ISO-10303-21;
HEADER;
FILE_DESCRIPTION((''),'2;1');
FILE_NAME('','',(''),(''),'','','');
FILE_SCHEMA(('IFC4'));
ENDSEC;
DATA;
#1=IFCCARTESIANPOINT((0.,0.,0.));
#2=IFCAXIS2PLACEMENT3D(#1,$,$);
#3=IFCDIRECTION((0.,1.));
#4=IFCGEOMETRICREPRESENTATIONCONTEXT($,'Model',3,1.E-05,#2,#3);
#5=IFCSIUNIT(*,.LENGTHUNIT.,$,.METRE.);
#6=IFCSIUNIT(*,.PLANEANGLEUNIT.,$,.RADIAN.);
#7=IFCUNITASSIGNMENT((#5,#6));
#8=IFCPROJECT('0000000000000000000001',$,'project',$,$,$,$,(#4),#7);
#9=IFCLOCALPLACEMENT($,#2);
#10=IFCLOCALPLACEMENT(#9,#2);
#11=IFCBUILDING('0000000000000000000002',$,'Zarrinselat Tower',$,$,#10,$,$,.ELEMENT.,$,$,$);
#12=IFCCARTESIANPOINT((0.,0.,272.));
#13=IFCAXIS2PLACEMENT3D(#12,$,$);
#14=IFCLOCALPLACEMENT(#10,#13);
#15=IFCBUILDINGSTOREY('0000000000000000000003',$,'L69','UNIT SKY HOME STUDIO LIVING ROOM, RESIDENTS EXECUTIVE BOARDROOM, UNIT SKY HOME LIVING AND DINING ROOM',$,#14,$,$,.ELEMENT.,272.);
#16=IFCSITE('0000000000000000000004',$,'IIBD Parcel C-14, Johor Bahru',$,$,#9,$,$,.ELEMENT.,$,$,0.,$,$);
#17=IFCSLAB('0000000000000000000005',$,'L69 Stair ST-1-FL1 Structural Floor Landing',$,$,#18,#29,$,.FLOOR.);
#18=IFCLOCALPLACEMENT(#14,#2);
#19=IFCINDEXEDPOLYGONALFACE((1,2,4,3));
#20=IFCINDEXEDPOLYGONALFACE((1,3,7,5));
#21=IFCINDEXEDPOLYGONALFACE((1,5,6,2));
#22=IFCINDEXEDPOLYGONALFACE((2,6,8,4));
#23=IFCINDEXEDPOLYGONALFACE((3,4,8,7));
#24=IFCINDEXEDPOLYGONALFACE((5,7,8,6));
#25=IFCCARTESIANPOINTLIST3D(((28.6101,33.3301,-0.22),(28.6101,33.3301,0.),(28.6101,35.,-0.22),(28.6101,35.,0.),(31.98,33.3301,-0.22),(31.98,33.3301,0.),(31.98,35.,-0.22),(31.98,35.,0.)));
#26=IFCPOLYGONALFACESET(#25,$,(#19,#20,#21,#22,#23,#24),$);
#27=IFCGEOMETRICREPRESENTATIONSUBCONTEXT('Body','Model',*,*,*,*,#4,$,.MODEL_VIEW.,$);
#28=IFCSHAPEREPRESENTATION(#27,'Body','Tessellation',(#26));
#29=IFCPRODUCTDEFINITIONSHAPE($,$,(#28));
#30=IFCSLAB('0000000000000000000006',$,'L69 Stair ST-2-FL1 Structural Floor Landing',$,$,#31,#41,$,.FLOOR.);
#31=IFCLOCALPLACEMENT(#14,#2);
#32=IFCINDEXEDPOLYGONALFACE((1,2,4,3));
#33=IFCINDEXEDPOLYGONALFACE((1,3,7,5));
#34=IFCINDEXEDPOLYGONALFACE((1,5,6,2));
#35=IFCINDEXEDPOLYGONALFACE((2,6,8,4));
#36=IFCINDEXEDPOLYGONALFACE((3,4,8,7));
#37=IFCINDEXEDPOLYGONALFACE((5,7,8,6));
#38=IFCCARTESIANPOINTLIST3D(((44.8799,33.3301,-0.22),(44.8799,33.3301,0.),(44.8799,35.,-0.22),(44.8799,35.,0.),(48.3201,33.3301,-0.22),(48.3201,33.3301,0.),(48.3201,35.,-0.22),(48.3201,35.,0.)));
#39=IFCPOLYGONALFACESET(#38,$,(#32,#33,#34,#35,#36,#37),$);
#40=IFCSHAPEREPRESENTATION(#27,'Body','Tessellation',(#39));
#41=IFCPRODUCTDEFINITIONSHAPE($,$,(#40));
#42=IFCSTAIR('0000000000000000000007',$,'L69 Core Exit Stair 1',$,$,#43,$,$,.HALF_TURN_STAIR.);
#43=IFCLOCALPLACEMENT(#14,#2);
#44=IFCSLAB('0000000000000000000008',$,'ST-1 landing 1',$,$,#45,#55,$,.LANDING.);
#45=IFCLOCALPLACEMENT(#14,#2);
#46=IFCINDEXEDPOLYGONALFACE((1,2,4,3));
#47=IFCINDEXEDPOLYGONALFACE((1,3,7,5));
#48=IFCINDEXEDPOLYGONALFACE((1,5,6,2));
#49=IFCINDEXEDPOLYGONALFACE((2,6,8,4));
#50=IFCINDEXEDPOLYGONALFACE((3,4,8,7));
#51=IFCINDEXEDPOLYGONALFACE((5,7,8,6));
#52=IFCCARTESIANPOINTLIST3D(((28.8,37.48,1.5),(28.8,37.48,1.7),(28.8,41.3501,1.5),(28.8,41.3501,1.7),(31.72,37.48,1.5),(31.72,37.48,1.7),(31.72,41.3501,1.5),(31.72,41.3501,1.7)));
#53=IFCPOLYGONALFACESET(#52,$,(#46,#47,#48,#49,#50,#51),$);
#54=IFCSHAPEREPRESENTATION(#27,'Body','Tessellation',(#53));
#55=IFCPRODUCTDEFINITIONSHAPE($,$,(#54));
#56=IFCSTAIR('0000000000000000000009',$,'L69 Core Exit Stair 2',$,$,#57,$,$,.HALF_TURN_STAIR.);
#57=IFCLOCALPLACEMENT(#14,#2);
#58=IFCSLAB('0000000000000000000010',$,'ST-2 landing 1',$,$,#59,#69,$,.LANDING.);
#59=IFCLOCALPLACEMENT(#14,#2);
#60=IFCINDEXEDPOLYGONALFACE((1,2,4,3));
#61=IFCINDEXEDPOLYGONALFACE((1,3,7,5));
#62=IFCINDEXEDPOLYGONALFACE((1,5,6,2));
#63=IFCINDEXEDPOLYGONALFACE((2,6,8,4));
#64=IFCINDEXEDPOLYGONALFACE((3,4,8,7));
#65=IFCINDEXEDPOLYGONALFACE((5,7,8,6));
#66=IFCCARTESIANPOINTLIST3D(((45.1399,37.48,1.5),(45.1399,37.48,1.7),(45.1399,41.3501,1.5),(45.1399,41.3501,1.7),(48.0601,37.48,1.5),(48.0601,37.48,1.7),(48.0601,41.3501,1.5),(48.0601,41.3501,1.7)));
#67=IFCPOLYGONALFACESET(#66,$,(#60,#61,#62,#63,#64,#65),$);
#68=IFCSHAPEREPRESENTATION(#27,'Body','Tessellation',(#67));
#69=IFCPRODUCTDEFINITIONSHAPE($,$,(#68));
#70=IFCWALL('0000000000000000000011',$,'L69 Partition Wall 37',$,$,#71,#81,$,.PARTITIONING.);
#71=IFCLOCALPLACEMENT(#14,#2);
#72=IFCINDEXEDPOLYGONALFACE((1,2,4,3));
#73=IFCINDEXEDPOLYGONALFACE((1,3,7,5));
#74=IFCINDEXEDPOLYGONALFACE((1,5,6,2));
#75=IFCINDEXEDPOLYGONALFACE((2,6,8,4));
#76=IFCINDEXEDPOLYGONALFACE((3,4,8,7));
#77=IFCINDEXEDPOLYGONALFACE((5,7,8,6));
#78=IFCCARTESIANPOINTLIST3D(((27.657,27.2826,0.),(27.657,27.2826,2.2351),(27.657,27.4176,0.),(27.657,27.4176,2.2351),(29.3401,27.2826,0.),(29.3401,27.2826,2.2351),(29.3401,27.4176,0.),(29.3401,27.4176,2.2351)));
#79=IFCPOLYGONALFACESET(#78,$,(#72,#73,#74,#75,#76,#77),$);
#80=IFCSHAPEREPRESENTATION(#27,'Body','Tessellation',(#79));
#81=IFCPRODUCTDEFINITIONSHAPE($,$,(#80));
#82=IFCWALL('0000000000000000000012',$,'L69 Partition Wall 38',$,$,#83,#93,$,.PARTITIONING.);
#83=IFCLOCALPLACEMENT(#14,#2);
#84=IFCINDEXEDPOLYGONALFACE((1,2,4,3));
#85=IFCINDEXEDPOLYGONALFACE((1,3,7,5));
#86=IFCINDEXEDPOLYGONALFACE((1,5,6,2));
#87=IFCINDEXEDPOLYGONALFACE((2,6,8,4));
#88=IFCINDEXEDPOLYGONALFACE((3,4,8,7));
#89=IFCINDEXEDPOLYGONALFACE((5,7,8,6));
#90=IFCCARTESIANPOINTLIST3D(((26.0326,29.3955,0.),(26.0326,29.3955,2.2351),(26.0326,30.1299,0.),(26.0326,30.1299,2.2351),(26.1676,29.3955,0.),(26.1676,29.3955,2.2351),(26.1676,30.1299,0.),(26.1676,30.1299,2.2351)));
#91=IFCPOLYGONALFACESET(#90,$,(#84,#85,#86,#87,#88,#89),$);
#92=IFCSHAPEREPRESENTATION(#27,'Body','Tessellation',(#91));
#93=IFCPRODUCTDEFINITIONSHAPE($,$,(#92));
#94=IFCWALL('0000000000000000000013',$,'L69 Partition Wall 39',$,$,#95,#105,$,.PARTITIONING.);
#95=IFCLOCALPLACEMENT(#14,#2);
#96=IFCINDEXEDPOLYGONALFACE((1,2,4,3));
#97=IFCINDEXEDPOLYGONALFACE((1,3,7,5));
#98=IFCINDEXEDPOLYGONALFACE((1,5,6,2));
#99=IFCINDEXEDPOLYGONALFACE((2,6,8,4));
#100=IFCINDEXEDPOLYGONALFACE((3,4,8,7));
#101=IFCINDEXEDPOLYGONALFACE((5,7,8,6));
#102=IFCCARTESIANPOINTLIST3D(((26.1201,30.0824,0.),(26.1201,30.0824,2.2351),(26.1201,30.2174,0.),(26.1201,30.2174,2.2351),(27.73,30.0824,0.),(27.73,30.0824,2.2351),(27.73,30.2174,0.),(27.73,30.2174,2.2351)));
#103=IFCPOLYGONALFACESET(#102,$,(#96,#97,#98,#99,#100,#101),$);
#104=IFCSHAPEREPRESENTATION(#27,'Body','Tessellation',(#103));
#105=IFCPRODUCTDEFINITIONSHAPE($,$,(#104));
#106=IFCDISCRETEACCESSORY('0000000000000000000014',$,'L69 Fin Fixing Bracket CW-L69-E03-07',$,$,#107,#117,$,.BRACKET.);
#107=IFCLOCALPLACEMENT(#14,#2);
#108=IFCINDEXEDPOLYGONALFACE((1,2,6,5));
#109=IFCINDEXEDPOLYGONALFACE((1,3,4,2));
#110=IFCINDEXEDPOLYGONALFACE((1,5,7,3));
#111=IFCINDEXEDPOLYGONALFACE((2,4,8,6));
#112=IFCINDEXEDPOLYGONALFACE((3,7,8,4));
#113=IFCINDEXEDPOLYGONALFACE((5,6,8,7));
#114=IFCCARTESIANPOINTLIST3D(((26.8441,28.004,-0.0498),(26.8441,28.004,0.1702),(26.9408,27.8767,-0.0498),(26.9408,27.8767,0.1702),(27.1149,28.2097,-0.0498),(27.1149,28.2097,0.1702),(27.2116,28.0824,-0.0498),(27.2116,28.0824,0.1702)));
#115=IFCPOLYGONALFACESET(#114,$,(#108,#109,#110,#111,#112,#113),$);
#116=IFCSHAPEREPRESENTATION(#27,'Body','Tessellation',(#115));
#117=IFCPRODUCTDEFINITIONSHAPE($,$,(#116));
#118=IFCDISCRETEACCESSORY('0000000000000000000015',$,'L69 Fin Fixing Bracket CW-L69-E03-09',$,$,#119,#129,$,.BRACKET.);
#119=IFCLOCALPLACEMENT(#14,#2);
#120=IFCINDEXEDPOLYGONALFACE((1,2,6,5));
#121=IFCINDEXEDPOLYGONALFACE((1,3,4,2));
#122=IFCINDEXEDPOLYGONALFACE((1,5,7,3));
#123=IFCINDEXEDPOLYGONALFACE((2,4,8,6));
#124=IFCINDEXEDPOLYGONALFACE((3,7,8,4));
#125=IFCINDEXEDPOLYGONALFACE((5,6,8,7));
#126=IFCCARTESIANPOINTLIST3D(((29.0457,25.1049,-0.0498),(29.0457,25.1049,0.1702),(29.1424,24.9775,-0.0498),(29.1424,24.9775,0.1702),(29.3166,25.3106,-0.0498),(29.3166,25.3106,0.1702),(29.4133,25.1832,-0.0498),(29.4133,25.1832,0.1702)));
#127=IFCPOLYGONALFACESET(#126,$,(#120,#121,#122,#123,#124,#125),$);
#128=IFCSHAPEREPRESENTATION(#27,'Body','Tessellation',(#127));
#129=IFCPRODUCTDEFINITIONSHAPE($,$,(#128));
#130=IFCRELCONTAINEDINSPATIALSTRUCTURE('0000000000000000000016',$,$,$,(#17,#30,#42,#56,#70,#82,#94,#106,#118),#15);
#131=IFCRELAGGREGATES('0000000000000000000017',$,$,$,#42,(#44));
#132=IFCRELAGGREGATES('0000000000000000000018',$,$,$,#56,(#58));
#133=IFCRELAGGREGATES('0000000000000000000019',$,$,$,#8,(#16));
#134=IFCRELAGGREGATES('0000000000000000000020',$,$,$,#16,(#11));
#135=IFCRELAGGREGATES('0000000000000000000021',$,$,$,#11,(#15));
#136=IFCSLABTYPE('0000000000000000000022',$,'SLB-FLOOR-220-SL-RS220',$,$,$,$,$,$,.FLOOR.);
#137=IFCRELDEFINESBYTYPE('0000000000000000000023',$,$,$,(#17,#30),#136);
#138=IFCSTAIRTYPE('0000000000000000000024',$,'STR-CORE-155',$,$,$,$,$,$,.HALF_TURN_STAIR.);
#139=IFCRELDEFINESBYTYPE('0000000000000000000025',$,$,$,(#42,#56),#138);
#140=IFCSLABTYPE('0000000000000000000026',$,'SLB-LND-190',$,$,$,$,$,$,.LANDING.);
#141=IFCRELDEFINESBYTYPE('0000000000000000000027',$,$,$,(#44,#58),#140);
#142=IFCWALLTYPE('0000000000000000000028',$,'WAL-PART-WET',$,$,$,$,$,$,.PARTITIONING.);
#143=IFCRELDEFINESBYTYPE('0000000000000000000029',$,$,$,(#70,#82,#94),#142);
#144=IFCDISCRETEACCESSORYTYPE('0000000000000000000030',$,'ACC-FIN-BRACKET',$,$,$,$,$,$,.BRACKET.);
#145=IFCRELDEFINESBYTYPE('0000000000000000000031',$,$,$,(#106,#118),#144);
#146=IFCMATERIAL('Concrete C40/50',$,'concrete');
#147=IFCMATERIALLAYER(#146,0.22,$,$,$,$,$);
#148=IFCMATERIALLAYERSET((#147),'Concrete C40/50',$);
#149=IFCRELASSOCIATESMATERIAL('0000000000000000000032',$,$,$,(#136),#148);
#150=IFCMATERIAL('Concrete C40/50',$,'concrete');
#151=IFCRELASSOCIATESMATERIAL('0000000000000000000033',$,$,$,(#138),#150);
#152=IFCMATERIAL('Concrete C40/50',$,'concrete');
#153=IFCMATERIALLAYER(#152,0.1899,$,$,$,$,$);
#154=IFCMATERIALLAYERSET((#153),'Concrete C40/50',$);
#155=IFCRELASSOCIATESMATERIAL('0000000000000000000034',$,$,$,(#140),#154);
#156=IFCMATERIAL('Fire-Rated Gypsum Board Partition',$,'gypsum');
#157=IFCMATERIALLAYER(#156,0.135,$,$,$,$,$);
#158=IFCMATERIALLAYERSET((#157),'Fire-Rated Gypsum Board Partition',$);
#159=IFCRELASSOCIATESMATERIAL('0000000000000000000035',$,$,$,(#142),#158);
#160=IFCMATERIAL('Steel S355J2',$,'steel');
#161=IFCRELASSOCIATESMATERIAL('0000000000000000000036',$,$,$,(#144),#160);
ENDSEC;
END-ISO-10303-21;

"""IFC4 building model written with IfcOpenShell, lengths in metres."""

from ifc_helpers import new_model, si_unit, direction, frame, frame_2d, origin, origin_2d, place, context, subcontext, project, spatial, polyline, rectangle, outline, extrude, material, layer, layer_set, type_object, element, aggregate, save


model = new_model("IFC4")

# Units and contexts
model_context = context("Model", 3, precision=1e-05, world=origin(), true_north=direction((0.0, 1.0)))
body_context = subcontext(model_context, "Body", "Model", "MODEL_VIEW")
ifc_project = project(units=[si_unit("LENGTHUNIT", "METRE"), si_unit("PLANEANGLEUNIT", "RADIAN")], contexts=[model_context])

# Site, building, storey
site_placement = place(None, origin())
site = spatial("IfcSite", under=ifc_project, at=site_placement, Name="IIBD Parcel C-14, Johor Bahru", CompositionType="ELEMENT", RefElevation=0.0)
building_placement = place(site_placement, origin())
building = spatial("IfcBuilding", under=site, at=building_placement, Name="Zarrinselat Tower", CompositionType="ELEMENT")
storey_placement = place(building_placement, frame((0.0, 0.0, 272.0)))
storey = spatial("IfcBuildingStorey", under=building, at=storey_placement, Name="L69", Description="UNIT SKY HOME STUDIO LIVING ROOM, RESIDENTS EXECUTIVE BOARDROOM, UNIT SKY HOME LIVING AND DINING ROOM", CompositionType="ELEMENT", Elevation=272.0)

# Slabs
ifc_material_1 = material(Name="Concrete C40/50", Category="concrete")
ifc_layer_1 = layer(ifc_material_1, 0.22)
ifc_layer_set_1 = layer_set([ifc_layer_1], Name="Concrete C40/50")
slab_type_1 = type_object("IfcSlabType", Name="SLB-FLOOR-220-SL-RS220", PredefinedType="FLOOR", material=ifc_layer_set_1)
slab_1_placement = place(storey_placement, frame((0.0, 0.0, -0.22)))
element("IfcSlab", 1, at=slab_1_placement, inside=storey, type_object=slab_type_1, Name="L69 Stair ST-1-FL1 Structural Floor Landing", PredefinedType="FLOOR", context=body_context, shape_type="SweptSolid", body=[
    extrude(outline(polyline([(31.98, 33.3301), (31.98, 35.0), (28.6101, 35.0), (28.6101, 33.3301), (31.98, 33.3301)])), origin(), (0.0, 0.0, 1.0), 0.22),
])
slab_2_placement = place(storey_placement, frame((0.0, 0.0, -0.22)))
element("IfcSlab", 2, at=slab_2_placement, inside=storey, type_object=slab_type_1, Name="L69 Stair ST-2-FL1 Structural Floor Landing", PredefinedType="FLOOR", context=body_context, shape_type="SweptSolid", body=[
    extrude(outline(polyline([(48.3201, 33.3301), (48.3201, 35.0), (44.8799, 35.0), (44.8799, 33.3301), (48.3201, 33.3301)])), origin(), (0.0, 0.0, 1.0), 0.22),
])

# Stairs, slabs
ifc_material_2 = material(Name="Concrete C40/50", Category="concrete")
stair_type = type_object("IfcStairType", Name="STR-CORE-155", PredefinedType="HALF_TURN_STAIR", material=ifc_material_2)
stair_1_placement = place(storey_placement, origin())
stair_1 = element("IfcStair", 3, at=stair_1_placement, inside=storey, type_object=stair_type, Name="L69 Core Exit Stair 1", PredefinedType="HALF_TURN_STAIR")
ifc_material_3 = material(Name="Concrete C40/50", Category="concrete")
ifc_layer_2 = layer(ifc_material_3, 0.1899)
ifc_layer_set_2 = layer_set([ifc_layer_2], Name="Concrete C40/50")
slab_type_2 = type_object("IfcSlabType", Name="SLB-LND-190", PredefinedType="LANDING", material=ifc_layer_set_2)
slab_3_placement = place(storey_placement, frame((0.0, 0.0, 1.5)))
slab_3 = element("IfcSlab", 4, at=slab_3_placement, type_object=slab_type_2, Name="ST-1 landing 1", PredefinedType="LANDING", context=body_context, shape_type="SweptSolid", body=[
    extrude(outline(polyline([(31.72, 37.48), (31.72, 41.3501), (28.8, 41.3501), (28.8, 37.48), (31.72, 37.48)])), origin(), (0.0, 0.0, 1.0), 0.2),
])
aggregate(stair_1, [slab_3])
stair_2_placement = place(storey_placement, origin())
stair_2 = element("IfcStair", 5, at=stair_2_placement, inside=storey, type_object=stair_type, Name="L69 Core Exit Stair 2", PredefinedType="HALF_TURN_STAIR")
slab_4_placement = place(storey_placement, frame((0.0, 0.0, 1.5)))
slab_4 = element("IfcSlab", 6, at=slab_4_placement, type_object=slab_type_2, Name="ST-2 landing 1", PredefinedType="LANDING", context=body_context, shape_type="SweptSolid", body=[
    extrude(outline(polyline([(48.0601, 37.48), (48.0601, 41.3501), (45.1399, 41.3501), (45.1399, 37.48), (48.0601, 37.48)])), origin(), (0.0, 0.0, 1.0), 0.2),
])
aggregate(stair_2, [slab_4])

# Walls
ifc_material_4 = material(Name="Fire-Rated Gypsum Board Partition", Category="gypsum")
ifc_layer_3 = layer(ifc_material_4, 0.135)
ifc_layer_set_3 = layer_set([ifc_layer_3], Name="Fire-Rated Gypsum Board Partition")
wall_type = type_object("IfcWallType", Name="WAL-PART-WET", PredefinedType="PARTITIONING", material=ifc_layer_set_3)
wall_1_placement = place(storey_placement, frame((27.657, 27.3501, 0.0), z_axis=(0.0, 0.0, 1.0), x_axis=(1.0, 0.0, 0.0)))
element("IfcWall", 7, at=wall_1_placement, inside=storey, type_object=wall_type, Name="L69 Partition Wall 37", PredefinedType="PARTITIONING", context=body_context, shape_type="SweptSolid", body=[
    extrude(rectangle(XDim=1.6831, YDim=0.135, at=frame_2d((0.8416, 0.0))), origin(), (0.0, 0.0, 1.0), 2.2351),
])
wall_2_placement = place(storey_placement, frame((26.1001, 29.3955, 0.0), z_axis=(0.0, 0.0, 1.0), x_axis=(0.0, 1.0, 0.0)))
element("IfcWall", 8, at=wall_2_placement, inside=storey, type_object=wall_type, Name="L69 Partition Wall 38", PredefinedType="PARTITIONING", context=body_context, shape_type="SweptSolid", body=[
    extrude(rectangle(XDim=0.7344, YDim=0.135, at=frame_2d((0.3672, 0.0))), origin(), (0.0, 0.0, 1.0), 2.2351),
])
wall_3_placement = place(storey_placement, frame((26.1201, 30.1499, 0.0), z_axis=(0.0, 0.0, 1.0), x_axis=(1.0, 0.0, 0.0)))
element("IfcWall", 9, at=wall_3_placement, inside=storey, type_object=wall_type, Name="L69 Partition Wall 39", PredefinedType="PARTITIONING", context=body_context, shape_type="SweptSolid", body=[
    extrude(rectangle(XDim=1.6099, YDim=0.135, at=frame_2d((0.8049, 0.0))), origin(), (0.0, 0.0, 1.0), 2.2351),
])

# Discrete accessories
ifc_material_5 = material(Name="Steel S355J2", Category="steel")
discrete_accessory_type = type_object("IfcDiscreteAccessoryType", Name="ACC-FIN-BRACKET", PredefinedType="BRACKET", material=ifc_material_5)
for number, where, z_axis, x_axis, name in (
    (10, (27.0278, 28.0432, -0.0498), (0.0, 0.0, 1.0), (-0.796387, -0.604788, 0.0), "L69 Fin Fixing Bracket CW-L69-E03-07"),
    (11, (29.2295, 25.144, -0.0498), (0.0, 0.0, 1.0), (-0.796387, -0.604788, 0.0), "L69 Fin Fixing Bracket CW-L69-E03-09"),
):
    element("IfcDiscreteAccessory", number, at=place(storey_placement, frame(where, z_axis=z_axis, x_axis=x_axis)), inside=storey, type_object=discrete_accessory_type, Name=name, PredefinedType="BRACKET", context=body_context, shape_type="SweptSolid", body=[
        extrude(rectangle(XDim=0.3401, YDim=0.1599, at=origin_2d()), origin(), (0.0, 0.0, 1.0), 0.22),
    ])

save(model, "model.ifc")
